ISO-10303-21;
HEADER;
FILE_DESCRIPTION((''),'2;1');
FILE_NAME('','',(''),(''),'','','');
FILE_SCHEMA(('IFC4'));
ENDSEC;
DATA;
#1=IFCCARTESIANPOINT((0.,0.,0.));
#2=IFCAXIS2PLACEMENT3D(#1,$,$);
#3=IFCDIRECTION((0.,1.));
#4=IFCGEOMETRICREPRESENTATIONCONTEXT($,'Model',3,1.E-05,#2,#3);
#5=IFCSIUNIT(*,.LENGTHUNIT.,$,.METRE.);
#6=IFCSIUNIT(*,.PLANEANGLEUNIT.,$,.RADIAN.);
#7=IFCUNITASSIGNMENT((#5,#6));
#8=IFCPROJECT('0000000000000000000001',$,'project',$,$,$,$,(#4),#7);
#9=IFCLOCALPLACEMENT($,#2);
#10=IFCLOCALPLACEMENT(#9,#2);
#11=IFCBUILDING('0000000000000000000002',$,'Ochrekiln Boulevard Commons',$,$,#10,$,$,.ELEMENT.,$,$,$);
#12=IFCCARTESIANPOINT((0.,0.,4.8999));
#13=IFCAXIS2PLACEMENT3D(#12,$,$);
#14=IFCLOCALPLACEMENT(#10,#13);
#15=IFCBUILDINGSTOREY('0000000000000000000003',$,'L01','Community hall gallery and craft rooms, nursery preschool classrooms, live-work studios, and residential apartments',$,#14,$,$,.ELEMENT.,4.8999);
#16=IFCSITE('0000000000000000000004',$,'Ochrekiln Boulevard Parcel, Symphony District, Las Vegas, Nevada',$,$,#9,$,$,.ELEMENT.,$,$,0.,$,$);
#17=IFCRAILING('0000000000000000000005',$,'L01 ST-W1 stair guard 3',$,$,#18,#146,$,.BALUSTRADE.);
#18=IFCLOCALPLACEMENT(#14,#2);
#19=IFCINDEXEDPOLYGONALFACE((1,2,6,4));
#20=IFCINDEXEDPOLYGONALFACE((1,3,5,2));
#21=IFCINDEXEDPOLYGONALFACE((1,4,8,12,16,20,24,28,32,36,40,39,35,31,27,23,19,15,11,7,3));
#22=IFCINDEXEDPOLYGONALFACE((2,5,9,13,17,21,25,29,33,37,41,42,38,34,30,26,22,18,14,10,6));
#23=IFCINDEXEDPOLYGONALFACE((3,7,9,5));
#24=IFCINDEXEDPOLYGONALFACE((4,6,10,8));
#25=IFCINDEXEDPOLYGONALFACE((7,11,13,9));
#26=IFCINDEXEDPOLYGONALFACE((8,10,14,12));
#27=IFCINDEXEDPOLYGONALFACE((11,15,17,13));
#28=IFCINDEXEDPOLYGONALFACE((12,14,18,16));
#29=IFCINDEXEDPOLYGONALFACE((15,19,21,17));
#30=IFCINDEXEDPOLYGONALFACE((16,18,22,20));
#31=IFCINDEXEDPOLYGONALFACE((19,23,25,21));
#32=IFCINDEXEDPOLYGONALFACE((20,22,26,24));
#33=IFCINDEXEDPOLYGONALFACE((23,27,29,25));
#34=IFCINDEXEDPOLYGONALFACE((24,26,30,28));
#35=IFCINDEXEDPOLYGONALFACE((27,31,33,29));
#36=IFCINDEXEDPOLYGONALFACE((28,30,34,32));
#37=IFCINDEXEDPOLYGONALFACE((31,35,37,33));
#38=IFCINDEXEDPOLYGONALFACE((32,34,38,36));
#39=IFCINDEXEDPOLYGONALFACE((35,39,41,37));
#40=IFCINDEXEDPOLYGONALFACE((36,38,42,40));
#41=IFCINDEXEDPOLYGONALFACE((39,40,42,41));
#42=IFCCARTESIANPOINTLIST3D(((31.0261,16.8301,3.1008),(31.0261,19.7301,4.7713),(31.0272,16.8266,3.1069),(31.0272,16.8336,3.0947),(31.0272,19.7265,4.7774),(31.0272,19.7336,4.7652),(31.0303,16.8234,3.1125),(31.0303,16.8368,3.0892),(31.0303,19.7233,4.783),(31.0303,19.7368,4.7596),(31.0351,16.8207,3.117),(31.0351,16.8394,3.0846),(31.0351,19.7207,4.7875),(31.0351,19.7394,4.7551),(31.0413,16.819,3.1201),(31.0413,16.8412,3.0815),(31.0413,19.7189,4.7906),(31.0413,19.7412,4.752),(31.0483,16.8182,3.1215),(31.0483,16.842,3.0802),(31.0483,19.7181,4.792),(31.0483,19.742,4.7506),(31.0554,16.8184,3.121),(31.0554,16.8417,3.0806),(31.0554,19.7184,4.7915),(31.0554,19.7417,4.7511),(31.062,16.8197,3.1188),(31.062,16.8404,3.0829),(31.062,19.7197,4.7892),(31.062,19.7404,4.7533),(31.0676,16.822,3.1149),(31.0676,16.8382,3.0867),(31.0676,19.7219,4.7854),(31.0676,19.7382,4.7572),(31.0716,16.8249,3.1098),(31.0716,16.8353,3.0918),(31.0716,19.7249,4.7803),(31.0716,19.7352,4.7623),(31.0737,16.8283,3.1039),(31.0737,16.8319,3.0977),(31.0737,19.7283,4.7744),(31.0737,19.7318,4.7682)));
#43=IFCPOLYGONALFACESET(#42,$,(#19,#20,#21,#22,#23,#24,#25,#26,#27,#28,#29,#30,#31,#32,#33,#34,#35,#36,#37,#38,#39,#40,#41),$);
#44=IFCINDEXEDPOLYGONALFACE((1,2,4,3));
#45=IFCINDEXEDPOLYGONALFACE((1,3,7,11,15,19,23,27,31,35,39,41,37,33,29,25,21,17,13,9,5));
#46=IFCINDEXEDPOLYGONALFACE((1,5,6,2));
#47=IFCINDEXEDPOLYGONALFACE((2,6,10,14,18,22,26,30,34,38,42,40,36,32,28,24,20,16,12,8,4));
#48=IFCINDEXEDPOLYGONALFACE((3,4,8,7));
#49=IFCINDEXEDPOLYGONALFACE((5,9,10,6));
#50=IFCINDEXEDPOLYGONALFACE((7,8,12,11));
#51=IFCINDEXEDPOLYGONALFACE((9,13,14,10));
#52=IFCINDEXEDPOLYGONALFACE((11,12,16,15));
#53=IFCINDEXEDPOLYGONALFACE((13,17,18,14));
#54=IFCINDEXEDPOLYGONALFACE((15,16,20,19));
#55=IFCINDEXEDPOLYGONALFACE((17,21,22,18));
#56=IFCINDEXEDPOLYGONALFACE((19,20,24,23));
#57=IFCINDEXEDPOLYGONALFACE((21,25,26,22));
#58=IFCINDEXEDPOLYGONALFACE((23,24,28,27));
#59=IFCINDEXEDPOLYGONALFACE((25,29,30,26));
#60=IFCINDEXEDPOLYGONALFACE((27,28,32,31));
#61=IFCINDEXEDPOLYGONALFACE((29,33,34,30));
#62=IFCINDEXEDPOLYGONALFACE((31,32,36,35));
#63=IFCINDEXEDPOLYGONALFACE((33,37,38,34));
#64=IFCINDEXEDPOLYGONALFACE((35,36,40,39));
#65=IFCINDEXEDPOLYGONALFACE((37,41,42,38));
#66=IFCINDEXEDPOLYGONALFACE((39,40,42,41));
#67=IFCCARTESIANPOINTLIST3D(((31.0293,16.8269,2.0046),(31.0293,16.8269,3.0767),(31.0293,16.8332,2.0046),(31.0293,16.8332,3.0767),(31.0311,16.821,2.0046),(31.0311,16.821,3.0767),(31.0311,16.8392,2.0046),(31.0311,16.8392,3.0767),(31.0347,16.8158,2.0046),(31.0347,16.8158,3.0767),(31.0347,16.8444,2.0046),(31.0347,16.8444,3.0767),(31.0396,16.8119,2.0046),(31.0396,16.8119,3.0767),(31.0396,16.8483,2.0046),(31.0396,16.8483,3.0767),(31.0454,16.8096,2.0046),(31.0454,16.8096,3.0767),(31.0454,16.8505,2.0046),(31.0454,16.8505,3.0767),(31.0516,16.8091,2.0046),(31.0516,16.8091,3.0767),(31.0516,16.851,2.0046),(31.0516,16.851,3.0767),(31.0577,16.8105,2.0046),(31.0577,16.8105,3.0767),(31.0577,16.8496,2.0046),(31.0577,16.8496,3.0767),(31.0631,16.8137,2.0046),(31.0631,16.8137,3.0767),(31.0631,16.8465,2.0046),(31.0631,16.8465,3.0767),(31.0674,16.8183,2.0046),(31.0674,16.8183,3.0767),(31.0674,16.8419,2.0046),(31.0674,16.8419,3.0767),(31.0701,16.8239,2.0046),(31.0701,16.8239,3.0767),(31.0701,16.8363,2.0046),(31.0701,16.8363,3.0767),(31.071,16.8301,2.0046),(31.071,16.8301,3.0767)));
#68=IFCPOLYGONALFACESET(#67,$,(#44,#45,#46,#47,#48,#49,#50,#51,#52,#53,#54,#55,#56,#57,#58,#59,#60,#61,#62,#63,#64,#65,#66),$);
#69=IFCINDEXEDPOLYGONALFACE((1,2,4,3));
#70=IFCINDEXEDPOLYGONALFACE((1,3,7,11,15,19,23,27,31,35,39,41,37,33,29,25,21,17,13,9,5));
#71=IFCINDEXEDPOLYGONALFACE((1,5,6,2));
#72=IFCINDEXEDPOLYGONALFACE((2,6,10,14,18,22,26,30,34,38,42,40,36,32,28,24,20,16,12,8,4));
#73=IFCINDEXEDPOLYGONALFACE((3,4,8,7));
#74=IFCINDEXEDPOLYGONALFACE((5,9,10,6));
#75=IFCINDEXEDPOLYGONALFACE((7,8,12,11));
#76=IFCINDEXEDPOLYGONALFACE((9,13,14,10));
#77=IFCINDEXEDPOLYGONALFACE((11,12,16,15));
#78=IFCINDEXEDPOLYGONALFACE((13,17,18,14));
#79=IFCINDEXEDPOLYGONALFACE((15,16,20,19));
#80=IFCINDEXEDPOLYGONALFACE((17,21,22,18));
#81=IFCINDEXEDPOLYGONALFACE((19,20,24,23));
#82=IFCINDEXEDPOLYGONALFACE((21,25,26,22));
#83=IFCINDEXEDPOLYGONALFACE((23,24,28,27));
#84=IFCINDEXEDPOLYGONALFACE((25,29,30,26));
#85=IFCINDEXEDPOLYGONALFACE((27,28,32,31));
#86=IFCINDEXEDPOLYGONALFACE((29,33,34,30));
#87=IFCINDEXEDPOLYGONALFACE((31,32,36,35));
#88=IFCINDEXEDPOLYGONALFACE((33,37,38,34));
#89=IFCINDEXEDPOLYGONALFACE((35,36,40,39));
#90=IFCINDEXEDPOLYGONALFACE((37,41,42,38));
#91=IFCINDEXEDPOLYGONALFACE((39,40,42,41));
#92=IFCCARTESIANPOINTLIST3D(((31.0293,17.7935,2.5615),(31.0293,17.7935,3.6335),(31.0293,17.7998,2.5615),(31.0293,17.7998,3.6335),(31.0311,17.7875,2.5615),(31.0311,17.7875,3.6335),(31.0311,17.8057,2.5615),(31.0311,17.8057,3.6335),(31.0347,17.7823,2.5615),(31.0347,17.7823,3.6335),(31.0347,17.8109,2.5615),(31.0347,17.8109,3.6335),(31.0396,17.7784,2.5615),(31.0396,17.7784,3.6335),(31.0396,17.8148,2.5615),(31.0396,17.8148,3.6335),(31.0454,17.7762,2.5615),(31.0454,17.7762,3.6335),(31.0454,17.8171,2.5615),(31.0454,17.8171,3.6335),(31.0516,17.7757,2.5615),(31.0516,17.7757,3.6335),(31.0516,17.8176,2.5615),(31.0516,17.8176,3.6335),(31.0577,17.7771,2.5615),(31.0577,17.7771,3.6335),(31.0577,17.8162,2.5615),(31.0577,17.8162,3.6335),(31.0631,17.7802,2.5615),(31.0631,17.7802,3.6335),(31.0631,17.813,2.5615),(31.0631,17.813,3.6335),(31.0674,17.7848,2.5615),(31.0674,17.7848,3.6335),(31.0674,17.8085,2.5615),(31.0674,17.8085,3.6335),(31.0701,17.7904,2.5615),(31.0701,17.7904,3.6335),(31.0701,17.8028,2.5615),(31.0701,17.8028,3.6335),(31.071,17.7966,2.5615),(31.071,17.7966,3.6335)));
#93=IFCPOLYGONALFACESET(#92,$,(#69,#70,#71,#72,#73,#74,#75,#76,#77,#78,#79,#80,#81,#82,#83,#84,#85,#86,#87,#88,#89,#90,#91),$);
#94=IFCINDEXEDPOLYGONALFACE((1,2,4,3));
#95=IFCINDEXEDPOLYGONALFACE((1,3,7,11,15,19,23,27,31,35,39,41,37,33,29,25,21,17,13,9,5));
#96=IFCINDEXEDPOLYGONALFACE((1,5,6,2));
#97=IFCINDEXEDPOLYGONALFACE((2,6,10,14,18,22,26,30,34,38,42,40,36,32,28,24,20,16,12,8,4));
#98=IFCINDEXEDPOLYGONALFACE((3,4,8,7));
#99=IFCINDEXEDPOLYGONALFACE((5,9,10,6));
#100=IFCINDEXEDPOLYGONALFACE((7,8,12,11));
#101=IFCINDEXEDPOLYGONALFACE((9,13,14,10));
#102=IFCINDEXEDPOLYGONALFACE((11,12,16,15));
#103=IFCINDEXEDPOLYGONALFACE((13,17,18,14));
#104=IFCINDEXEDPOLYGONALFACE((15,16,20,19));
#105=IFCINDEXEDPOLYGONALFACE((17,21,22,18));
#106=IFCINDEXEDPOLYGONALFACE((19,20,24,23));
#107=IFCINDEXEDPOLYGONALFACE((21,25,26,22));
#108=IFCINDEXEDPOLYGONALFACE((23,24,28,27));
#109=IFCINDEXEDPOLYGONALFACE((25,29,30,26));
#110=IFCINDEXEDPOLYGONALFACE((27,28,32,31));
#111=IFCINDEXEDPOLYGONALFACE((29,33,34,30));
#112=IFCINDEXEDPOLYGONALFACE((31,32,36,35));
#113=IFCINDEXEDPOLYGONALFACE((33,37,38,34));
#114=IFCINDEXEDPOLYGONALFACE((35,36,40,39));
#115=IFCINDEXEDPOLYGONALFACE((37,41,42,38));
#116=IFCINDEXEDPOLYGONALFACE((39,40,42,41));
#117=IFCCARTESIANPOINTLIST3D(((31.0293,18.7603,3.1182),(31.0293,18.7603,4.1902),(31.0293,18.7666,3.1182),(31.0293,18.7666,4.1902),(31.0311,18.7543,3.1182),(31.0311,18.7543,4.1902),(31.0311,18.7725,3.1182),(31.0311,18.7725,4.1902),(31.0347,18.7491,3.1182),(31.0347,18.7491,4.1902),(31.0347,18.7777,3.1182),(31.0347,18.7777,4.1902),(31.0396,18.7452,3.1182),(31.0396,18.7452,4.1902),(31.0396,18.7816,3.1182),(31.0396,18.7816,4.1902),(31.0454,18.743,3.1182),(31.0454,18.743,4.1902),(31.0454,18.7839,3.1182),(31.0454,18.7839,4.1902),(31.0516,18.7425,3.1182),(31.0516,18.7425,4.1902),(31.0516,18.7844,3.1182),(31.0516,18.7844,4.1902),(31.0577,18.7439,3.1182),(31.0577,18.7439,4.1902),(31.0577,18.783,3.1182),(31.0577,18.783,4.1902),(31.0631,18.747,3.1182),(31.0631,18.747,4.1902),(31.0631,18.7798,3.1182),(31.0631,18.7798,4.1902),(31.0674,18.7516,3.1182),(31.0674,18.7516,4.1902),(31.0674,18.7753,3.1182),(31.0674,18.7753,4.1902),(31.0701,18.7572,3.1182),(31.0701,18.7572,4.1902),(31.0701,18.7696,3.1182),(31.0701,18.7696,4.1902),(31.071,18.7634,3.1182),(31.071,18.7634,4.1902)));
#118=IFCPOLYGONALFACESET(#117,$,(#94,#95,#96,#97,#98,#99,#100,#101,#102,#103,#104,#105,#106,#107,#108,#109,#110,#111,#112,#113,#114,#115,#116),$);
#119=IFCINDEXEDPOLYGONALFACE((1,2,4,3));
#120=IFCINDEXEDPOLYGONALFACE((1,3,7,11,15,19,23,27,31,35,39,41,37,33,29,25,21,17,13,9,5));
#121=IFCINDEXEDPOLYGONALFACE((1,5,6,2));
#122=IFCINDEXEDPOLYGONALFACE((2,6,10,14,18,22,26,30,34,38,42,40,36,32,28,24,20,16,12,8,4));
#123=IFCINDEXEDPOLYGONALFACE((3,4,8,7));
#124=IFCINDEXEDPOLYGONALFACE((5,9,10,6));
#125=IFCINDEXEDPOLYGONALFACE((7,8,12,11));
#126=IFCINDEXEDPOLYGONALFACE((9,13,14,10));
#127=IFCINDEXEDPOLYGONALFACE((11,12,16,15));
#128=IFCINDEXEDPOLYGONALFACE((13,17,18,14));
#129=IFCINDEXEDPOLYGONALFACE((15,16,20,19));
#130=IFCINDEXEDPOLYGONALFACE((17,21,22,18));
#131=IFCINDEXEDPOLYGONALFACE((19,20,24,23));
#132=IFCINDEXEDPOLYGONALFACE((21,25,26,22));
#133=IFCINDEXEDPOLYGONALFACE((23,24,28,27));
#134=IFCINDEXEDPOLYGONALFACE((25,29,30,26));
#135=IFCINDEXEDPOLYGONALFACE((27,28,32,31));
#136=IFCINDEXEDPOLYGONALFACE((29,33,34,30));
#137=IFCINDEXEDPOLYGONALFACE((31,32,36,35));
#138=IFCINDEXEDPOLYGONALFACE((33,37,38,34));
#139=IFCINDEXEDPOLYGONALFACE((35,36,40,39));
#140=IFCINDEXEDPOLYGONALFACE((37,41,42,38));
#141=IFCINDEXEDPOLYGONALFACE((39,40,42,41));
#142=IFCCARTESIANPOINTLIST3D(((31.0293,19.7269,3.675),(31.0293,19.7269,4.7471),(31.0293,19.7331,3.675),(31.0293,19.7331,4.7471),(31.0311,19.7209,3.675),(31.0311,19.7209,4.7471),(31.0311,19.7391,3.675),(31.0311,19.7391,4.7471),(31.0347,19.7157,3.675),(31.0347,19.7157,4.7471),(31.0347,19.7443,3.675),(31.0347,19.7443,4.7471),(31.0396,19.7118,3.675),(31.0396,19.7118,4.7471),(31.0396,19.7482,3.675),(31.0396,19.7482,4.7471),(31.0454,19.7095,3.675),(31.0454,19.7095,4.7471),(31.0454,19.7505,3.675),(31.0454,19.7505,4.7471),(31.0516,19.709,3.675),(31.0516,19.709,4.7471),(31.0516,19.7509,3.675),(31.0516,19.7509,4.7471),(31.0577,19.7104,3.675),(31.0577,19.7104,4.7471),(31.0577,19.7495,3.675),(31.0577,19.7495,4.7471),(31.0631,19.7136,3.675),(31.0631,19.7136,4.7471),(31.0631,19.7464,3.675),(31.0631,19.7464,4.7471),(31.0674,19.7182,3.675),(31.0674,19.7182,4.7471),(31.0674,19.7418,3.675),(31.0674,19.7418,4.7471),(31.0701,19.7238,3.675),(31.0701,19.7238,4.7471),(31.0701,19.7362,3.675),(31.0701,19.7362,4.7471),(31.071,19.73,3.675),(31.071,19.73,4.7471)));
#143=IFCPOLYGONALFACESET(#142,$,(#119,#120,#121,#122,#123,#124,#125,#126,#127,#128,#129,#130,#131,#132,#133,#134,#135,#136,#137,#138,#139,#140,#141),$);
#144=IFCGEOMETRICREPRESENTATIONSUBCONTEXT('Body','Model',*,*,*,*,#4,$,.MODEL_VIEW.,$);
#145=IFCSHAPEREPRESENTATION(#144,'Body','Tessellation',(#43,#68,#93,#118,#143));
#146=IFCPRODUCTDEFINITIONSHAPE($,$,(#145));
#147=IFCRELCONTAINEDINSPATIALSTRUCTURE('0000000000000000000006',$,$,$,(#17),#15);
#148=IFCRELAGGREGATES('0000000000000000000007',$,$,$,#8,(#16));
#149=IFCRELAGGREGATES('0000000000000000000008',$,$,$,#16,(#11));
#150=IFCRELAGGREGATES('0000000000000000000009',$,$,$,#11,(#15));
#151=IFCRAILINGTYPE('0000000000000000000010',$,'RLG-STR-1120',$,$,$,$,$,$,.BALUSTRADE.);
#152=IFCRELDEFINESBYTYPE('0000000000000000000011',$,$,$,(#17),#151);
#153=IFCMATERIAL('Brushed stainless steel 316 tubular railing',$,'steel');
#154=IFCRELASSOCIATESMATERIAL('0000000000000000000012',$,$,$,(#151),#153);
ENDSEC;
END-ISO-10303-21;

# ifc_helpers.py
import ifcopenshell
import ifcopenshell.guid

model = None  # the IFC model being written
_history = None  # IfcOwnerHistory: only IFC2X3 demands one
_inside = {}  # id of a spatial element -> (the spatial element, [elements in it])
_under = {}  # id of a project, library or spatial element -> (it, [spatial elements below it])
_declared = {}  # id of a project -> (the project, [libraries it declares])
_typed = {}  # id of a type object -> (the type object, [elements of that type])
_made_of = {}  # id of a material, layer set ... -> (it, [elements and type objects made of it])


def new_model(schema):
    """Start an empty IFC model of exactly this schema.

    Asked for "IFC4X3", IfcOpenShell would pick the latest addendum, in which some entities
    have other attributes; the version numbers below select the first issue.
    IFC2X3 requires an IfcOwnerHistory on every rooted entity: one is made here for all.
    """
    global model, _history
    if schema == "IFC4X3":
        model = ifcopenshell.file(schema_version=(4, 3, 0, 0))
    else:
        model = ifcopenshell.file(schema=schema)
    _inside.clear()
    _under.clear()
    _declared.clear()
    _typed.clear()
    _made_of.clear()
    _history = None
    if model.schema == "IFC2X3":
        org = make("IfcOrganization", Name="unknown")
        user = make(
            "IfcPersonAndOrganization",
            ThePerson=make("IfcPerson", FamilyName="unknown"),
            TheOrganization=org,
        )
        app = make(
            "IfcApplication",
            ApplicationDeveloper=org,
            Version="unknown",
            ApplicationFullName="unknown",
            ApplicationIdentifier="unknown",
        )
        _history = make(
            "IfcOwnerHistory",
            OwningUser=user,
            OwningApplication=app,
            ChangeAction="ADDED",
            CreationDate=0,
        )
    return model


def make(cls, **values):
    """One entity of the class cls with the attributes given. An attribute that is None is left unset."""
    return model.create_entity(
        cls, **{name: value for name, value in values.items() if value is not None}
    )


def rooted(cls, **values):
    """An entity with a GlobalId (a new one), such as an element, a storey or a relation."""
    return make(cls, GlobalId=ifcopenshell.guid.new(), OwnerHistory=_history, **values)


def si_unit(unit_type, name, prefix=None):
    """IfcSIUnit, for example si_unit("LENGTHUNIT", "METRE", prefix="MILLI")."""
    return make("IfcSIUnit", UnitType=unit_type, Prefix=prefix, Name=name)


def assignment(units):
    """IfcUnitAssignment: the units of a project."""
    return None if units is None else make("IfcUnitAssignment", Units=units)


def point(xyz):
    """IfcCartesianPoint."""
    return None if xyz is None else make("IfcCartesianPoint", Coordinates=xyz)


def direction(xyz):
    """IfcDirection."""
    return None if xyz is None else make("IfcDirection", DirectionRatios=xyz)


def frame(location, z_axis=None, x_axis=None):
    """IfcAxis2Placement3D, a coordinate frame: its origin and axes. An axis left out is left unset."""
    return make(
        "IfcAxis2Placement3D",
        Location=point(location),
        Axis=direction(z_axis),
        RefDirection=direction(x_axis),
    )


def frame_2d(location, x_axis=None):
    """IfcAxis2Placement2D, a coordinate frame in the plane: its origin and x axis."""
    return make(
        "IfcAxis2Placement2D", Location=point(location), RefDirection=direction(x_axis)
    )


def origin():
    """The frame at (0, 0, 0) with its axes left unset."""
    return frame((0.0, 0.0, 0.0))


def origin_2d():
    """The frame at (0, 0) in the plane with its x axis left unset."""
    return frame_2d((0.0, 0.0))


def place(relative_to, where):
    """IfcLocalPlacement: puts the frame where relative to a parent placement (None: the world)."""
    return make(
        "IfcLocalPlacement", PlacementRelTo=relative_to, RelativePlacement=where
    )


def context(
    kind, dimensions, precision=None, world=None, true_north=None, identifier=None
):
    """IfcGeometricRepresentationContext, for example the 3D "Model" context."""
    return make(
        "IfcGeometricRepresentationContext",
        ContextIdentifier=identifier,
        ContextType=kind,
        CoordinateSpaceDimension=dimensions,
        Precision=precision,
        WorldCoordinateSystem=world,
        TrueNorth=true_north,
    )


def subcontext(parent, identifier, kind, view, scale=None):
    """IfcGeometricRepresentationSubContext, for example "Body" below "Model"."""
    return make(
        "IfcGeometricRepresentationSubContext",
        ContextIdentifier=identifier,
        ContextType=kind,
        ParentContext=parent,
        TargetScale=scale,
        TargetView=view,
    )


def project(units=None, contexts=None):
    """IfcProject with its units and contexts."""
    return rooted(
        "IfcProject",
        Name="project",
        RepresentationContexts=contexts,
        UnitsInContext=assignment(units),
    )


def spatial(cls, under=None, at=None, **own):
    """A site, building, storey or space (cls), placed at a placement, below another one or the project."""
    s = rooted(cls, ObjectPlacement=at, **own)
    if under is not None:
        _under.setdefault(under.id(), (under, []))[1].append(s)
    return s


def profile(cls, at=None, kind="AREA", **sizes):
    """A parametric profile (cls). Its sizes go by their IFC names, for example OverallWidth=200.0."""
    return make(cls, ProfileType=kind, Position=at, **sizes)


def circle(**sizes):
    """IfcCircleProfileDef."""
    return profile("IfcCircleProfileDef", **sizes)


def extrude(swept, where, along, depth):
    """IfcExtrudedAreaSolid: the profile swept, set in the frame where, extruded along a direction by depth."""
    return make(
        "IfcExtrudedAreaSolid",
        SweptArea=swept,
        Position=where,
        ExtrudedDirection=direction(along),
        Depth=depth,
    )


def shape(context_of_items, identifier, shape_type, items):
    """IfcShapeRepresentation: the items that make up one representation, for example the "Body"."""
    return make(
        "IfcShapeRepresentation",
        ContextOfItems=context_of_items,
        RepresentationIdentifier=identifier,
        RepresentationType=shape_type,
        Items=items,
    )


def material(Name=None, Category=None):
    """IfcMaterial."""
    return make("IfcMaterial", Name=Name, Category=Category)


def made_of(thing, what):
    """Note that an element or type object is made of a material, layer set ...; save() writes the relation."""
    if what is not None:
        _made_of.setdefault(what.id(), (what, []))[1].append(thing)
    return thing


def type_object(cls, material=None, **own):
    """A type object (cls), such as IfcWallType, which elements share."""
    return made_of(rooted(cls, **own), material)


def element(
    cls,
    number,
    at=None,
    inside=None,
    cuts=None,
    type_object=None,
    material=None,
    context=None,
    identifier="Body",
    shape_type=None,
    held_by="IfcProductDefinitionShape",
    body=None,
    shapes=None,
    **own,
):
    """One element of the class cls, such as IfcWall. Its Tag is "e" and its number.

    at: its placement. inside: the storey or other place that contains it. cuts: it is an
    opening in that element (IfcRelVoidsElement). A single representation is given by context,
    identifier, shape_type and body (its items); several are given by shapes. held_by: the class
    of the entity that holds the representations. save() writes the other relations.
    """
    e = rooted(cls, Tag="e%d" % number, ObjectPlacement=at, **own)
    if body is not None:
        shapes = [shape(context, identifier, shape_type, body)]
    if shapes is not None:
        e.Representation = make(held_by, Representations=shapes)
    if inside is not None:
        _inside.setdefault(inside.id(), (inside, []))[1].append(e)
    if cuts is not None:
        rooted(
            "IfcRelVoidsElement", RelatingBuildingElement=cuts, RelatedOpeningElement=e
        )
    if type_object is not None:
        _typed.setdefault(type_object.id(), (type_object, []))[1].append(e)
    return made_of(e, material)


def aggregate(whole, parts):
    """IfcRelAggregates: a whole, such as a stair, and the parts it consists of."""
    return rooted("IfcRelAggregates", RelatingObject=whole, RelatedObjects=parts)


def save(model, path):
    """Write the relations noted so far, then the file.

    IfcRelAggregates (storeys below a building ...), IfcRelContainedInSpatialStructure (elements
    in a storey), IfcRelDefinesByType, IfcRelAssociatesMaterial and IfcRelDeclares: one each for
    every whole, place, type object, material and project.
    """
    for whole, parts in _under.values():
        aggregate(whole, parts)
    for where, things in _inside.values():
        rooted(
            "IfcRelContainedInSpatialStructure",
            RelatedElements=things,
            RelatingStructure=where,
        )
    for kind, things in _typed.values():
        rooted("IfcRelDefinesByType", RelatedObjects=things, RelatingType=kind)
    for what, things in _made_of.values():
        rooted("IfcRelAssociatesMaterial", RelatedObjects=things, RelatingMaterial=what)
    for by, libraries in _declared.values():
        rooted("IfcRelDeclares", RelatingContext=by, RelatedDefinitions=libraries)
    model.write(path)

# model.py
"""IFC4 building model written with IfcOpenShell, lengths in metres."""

from ifc_helpers import new_model, si_unit, direction, frame, origin, origin_2d, place, context, subcontext, project, spatial, circle, extrude, material, type_object, element, save


model = new_model("IFC4")

# Units and contexts
model_context = context("Model", 3, precision=1e-05, world=origin(), true_north=direction((0.0, 1.0)))
body_context = subcontext(model_context, "Body", "Model", "MODEL_VIEW")
ifc_project = project(units=[si_unit("LENGTHUNIT", "METRE"), si_unit("PLANEANGLEUNIT", "RADIAN")], contexts=[model_context])

# Site, building, storey
site_placement = place(None, origin())
site = spatial("IfcSite", under=ifc_project, at=site_placement, Name="Ochrekiln Boulevard Parcel, Symphony District, Las Vegas, Nevada", CompositionType="ELEMENT", RefElevation=0.0)
building_placement = place(site_placement, origin())
building = spatial("IfcBuilding", under=site, at=building_placement, Name="Ochrekiln Boulevard Commons", CompositionType="ELEMENT")
storey_placement = place(building_placement, frame((0.0, 0.0, 4.8999)))
storey = spatial("IfcBuildingStorey", under=building, at=storey_placement, Name="L01", Description="Community hall gallery and craft rooms, nursery preschool classrooms, live-work studios, and residential apartments", CompositionType="ELEMENT", Elevation=4.8999)

# Railing
ifc_material_1 = material(Name="Brushed stainless steel 316 tubular railing", Category="steel")
railing_type_1 = type_object("IfcRailingType", Name="RLG-STR-1120", PredefinedType="BALUSTRADE", material=ifc_material_1)
railing_1_placement = place(storey_placement, frame((31.05, 16.8301, 2.0046)))
element("IfcRailing", 1, at=railing_1_placement, inside=storey, type_object=railing_type_1, Name="L01 ST-W1 stair guard 3", PredefinedType="BALUSTRADE", context=body_context, shape_type="SweptSolid", body=[
    extrude(circle(Radius=0.0239, at=origin_2d()), frame((0.0, 0.0, 1.0962), z_axis=(0.0, 0.866523, 0.499137), x_axis=(-1.0, 0.0, 0.0)), (0.0, 0.0, 1.0), 3.3467),
    extrude(circle(Radius=0.021, at=origin_2d()), origin(), (0.0, 0.0, 1.0), 1.072),
    extrude(circle(Radius=0.021, at=origin_2d()), frame((0.0, 0.9666, 0.5569)), (0.0, 0.0, 1.0), 1.072),
    extrude(circle(Radius=0.021, at=origin_2d()), frame((0.0, 1.9333, 1.1135)), (0.0, 0.0, 1.0), 1.072),
    extrude(circle(Radius=0.021, at=origin_2d()), frame((0.0, 2.8999, 1.6704)), (0.0, 0.0, 1.0), 1.072),
])

save(model, "model.ifc")
